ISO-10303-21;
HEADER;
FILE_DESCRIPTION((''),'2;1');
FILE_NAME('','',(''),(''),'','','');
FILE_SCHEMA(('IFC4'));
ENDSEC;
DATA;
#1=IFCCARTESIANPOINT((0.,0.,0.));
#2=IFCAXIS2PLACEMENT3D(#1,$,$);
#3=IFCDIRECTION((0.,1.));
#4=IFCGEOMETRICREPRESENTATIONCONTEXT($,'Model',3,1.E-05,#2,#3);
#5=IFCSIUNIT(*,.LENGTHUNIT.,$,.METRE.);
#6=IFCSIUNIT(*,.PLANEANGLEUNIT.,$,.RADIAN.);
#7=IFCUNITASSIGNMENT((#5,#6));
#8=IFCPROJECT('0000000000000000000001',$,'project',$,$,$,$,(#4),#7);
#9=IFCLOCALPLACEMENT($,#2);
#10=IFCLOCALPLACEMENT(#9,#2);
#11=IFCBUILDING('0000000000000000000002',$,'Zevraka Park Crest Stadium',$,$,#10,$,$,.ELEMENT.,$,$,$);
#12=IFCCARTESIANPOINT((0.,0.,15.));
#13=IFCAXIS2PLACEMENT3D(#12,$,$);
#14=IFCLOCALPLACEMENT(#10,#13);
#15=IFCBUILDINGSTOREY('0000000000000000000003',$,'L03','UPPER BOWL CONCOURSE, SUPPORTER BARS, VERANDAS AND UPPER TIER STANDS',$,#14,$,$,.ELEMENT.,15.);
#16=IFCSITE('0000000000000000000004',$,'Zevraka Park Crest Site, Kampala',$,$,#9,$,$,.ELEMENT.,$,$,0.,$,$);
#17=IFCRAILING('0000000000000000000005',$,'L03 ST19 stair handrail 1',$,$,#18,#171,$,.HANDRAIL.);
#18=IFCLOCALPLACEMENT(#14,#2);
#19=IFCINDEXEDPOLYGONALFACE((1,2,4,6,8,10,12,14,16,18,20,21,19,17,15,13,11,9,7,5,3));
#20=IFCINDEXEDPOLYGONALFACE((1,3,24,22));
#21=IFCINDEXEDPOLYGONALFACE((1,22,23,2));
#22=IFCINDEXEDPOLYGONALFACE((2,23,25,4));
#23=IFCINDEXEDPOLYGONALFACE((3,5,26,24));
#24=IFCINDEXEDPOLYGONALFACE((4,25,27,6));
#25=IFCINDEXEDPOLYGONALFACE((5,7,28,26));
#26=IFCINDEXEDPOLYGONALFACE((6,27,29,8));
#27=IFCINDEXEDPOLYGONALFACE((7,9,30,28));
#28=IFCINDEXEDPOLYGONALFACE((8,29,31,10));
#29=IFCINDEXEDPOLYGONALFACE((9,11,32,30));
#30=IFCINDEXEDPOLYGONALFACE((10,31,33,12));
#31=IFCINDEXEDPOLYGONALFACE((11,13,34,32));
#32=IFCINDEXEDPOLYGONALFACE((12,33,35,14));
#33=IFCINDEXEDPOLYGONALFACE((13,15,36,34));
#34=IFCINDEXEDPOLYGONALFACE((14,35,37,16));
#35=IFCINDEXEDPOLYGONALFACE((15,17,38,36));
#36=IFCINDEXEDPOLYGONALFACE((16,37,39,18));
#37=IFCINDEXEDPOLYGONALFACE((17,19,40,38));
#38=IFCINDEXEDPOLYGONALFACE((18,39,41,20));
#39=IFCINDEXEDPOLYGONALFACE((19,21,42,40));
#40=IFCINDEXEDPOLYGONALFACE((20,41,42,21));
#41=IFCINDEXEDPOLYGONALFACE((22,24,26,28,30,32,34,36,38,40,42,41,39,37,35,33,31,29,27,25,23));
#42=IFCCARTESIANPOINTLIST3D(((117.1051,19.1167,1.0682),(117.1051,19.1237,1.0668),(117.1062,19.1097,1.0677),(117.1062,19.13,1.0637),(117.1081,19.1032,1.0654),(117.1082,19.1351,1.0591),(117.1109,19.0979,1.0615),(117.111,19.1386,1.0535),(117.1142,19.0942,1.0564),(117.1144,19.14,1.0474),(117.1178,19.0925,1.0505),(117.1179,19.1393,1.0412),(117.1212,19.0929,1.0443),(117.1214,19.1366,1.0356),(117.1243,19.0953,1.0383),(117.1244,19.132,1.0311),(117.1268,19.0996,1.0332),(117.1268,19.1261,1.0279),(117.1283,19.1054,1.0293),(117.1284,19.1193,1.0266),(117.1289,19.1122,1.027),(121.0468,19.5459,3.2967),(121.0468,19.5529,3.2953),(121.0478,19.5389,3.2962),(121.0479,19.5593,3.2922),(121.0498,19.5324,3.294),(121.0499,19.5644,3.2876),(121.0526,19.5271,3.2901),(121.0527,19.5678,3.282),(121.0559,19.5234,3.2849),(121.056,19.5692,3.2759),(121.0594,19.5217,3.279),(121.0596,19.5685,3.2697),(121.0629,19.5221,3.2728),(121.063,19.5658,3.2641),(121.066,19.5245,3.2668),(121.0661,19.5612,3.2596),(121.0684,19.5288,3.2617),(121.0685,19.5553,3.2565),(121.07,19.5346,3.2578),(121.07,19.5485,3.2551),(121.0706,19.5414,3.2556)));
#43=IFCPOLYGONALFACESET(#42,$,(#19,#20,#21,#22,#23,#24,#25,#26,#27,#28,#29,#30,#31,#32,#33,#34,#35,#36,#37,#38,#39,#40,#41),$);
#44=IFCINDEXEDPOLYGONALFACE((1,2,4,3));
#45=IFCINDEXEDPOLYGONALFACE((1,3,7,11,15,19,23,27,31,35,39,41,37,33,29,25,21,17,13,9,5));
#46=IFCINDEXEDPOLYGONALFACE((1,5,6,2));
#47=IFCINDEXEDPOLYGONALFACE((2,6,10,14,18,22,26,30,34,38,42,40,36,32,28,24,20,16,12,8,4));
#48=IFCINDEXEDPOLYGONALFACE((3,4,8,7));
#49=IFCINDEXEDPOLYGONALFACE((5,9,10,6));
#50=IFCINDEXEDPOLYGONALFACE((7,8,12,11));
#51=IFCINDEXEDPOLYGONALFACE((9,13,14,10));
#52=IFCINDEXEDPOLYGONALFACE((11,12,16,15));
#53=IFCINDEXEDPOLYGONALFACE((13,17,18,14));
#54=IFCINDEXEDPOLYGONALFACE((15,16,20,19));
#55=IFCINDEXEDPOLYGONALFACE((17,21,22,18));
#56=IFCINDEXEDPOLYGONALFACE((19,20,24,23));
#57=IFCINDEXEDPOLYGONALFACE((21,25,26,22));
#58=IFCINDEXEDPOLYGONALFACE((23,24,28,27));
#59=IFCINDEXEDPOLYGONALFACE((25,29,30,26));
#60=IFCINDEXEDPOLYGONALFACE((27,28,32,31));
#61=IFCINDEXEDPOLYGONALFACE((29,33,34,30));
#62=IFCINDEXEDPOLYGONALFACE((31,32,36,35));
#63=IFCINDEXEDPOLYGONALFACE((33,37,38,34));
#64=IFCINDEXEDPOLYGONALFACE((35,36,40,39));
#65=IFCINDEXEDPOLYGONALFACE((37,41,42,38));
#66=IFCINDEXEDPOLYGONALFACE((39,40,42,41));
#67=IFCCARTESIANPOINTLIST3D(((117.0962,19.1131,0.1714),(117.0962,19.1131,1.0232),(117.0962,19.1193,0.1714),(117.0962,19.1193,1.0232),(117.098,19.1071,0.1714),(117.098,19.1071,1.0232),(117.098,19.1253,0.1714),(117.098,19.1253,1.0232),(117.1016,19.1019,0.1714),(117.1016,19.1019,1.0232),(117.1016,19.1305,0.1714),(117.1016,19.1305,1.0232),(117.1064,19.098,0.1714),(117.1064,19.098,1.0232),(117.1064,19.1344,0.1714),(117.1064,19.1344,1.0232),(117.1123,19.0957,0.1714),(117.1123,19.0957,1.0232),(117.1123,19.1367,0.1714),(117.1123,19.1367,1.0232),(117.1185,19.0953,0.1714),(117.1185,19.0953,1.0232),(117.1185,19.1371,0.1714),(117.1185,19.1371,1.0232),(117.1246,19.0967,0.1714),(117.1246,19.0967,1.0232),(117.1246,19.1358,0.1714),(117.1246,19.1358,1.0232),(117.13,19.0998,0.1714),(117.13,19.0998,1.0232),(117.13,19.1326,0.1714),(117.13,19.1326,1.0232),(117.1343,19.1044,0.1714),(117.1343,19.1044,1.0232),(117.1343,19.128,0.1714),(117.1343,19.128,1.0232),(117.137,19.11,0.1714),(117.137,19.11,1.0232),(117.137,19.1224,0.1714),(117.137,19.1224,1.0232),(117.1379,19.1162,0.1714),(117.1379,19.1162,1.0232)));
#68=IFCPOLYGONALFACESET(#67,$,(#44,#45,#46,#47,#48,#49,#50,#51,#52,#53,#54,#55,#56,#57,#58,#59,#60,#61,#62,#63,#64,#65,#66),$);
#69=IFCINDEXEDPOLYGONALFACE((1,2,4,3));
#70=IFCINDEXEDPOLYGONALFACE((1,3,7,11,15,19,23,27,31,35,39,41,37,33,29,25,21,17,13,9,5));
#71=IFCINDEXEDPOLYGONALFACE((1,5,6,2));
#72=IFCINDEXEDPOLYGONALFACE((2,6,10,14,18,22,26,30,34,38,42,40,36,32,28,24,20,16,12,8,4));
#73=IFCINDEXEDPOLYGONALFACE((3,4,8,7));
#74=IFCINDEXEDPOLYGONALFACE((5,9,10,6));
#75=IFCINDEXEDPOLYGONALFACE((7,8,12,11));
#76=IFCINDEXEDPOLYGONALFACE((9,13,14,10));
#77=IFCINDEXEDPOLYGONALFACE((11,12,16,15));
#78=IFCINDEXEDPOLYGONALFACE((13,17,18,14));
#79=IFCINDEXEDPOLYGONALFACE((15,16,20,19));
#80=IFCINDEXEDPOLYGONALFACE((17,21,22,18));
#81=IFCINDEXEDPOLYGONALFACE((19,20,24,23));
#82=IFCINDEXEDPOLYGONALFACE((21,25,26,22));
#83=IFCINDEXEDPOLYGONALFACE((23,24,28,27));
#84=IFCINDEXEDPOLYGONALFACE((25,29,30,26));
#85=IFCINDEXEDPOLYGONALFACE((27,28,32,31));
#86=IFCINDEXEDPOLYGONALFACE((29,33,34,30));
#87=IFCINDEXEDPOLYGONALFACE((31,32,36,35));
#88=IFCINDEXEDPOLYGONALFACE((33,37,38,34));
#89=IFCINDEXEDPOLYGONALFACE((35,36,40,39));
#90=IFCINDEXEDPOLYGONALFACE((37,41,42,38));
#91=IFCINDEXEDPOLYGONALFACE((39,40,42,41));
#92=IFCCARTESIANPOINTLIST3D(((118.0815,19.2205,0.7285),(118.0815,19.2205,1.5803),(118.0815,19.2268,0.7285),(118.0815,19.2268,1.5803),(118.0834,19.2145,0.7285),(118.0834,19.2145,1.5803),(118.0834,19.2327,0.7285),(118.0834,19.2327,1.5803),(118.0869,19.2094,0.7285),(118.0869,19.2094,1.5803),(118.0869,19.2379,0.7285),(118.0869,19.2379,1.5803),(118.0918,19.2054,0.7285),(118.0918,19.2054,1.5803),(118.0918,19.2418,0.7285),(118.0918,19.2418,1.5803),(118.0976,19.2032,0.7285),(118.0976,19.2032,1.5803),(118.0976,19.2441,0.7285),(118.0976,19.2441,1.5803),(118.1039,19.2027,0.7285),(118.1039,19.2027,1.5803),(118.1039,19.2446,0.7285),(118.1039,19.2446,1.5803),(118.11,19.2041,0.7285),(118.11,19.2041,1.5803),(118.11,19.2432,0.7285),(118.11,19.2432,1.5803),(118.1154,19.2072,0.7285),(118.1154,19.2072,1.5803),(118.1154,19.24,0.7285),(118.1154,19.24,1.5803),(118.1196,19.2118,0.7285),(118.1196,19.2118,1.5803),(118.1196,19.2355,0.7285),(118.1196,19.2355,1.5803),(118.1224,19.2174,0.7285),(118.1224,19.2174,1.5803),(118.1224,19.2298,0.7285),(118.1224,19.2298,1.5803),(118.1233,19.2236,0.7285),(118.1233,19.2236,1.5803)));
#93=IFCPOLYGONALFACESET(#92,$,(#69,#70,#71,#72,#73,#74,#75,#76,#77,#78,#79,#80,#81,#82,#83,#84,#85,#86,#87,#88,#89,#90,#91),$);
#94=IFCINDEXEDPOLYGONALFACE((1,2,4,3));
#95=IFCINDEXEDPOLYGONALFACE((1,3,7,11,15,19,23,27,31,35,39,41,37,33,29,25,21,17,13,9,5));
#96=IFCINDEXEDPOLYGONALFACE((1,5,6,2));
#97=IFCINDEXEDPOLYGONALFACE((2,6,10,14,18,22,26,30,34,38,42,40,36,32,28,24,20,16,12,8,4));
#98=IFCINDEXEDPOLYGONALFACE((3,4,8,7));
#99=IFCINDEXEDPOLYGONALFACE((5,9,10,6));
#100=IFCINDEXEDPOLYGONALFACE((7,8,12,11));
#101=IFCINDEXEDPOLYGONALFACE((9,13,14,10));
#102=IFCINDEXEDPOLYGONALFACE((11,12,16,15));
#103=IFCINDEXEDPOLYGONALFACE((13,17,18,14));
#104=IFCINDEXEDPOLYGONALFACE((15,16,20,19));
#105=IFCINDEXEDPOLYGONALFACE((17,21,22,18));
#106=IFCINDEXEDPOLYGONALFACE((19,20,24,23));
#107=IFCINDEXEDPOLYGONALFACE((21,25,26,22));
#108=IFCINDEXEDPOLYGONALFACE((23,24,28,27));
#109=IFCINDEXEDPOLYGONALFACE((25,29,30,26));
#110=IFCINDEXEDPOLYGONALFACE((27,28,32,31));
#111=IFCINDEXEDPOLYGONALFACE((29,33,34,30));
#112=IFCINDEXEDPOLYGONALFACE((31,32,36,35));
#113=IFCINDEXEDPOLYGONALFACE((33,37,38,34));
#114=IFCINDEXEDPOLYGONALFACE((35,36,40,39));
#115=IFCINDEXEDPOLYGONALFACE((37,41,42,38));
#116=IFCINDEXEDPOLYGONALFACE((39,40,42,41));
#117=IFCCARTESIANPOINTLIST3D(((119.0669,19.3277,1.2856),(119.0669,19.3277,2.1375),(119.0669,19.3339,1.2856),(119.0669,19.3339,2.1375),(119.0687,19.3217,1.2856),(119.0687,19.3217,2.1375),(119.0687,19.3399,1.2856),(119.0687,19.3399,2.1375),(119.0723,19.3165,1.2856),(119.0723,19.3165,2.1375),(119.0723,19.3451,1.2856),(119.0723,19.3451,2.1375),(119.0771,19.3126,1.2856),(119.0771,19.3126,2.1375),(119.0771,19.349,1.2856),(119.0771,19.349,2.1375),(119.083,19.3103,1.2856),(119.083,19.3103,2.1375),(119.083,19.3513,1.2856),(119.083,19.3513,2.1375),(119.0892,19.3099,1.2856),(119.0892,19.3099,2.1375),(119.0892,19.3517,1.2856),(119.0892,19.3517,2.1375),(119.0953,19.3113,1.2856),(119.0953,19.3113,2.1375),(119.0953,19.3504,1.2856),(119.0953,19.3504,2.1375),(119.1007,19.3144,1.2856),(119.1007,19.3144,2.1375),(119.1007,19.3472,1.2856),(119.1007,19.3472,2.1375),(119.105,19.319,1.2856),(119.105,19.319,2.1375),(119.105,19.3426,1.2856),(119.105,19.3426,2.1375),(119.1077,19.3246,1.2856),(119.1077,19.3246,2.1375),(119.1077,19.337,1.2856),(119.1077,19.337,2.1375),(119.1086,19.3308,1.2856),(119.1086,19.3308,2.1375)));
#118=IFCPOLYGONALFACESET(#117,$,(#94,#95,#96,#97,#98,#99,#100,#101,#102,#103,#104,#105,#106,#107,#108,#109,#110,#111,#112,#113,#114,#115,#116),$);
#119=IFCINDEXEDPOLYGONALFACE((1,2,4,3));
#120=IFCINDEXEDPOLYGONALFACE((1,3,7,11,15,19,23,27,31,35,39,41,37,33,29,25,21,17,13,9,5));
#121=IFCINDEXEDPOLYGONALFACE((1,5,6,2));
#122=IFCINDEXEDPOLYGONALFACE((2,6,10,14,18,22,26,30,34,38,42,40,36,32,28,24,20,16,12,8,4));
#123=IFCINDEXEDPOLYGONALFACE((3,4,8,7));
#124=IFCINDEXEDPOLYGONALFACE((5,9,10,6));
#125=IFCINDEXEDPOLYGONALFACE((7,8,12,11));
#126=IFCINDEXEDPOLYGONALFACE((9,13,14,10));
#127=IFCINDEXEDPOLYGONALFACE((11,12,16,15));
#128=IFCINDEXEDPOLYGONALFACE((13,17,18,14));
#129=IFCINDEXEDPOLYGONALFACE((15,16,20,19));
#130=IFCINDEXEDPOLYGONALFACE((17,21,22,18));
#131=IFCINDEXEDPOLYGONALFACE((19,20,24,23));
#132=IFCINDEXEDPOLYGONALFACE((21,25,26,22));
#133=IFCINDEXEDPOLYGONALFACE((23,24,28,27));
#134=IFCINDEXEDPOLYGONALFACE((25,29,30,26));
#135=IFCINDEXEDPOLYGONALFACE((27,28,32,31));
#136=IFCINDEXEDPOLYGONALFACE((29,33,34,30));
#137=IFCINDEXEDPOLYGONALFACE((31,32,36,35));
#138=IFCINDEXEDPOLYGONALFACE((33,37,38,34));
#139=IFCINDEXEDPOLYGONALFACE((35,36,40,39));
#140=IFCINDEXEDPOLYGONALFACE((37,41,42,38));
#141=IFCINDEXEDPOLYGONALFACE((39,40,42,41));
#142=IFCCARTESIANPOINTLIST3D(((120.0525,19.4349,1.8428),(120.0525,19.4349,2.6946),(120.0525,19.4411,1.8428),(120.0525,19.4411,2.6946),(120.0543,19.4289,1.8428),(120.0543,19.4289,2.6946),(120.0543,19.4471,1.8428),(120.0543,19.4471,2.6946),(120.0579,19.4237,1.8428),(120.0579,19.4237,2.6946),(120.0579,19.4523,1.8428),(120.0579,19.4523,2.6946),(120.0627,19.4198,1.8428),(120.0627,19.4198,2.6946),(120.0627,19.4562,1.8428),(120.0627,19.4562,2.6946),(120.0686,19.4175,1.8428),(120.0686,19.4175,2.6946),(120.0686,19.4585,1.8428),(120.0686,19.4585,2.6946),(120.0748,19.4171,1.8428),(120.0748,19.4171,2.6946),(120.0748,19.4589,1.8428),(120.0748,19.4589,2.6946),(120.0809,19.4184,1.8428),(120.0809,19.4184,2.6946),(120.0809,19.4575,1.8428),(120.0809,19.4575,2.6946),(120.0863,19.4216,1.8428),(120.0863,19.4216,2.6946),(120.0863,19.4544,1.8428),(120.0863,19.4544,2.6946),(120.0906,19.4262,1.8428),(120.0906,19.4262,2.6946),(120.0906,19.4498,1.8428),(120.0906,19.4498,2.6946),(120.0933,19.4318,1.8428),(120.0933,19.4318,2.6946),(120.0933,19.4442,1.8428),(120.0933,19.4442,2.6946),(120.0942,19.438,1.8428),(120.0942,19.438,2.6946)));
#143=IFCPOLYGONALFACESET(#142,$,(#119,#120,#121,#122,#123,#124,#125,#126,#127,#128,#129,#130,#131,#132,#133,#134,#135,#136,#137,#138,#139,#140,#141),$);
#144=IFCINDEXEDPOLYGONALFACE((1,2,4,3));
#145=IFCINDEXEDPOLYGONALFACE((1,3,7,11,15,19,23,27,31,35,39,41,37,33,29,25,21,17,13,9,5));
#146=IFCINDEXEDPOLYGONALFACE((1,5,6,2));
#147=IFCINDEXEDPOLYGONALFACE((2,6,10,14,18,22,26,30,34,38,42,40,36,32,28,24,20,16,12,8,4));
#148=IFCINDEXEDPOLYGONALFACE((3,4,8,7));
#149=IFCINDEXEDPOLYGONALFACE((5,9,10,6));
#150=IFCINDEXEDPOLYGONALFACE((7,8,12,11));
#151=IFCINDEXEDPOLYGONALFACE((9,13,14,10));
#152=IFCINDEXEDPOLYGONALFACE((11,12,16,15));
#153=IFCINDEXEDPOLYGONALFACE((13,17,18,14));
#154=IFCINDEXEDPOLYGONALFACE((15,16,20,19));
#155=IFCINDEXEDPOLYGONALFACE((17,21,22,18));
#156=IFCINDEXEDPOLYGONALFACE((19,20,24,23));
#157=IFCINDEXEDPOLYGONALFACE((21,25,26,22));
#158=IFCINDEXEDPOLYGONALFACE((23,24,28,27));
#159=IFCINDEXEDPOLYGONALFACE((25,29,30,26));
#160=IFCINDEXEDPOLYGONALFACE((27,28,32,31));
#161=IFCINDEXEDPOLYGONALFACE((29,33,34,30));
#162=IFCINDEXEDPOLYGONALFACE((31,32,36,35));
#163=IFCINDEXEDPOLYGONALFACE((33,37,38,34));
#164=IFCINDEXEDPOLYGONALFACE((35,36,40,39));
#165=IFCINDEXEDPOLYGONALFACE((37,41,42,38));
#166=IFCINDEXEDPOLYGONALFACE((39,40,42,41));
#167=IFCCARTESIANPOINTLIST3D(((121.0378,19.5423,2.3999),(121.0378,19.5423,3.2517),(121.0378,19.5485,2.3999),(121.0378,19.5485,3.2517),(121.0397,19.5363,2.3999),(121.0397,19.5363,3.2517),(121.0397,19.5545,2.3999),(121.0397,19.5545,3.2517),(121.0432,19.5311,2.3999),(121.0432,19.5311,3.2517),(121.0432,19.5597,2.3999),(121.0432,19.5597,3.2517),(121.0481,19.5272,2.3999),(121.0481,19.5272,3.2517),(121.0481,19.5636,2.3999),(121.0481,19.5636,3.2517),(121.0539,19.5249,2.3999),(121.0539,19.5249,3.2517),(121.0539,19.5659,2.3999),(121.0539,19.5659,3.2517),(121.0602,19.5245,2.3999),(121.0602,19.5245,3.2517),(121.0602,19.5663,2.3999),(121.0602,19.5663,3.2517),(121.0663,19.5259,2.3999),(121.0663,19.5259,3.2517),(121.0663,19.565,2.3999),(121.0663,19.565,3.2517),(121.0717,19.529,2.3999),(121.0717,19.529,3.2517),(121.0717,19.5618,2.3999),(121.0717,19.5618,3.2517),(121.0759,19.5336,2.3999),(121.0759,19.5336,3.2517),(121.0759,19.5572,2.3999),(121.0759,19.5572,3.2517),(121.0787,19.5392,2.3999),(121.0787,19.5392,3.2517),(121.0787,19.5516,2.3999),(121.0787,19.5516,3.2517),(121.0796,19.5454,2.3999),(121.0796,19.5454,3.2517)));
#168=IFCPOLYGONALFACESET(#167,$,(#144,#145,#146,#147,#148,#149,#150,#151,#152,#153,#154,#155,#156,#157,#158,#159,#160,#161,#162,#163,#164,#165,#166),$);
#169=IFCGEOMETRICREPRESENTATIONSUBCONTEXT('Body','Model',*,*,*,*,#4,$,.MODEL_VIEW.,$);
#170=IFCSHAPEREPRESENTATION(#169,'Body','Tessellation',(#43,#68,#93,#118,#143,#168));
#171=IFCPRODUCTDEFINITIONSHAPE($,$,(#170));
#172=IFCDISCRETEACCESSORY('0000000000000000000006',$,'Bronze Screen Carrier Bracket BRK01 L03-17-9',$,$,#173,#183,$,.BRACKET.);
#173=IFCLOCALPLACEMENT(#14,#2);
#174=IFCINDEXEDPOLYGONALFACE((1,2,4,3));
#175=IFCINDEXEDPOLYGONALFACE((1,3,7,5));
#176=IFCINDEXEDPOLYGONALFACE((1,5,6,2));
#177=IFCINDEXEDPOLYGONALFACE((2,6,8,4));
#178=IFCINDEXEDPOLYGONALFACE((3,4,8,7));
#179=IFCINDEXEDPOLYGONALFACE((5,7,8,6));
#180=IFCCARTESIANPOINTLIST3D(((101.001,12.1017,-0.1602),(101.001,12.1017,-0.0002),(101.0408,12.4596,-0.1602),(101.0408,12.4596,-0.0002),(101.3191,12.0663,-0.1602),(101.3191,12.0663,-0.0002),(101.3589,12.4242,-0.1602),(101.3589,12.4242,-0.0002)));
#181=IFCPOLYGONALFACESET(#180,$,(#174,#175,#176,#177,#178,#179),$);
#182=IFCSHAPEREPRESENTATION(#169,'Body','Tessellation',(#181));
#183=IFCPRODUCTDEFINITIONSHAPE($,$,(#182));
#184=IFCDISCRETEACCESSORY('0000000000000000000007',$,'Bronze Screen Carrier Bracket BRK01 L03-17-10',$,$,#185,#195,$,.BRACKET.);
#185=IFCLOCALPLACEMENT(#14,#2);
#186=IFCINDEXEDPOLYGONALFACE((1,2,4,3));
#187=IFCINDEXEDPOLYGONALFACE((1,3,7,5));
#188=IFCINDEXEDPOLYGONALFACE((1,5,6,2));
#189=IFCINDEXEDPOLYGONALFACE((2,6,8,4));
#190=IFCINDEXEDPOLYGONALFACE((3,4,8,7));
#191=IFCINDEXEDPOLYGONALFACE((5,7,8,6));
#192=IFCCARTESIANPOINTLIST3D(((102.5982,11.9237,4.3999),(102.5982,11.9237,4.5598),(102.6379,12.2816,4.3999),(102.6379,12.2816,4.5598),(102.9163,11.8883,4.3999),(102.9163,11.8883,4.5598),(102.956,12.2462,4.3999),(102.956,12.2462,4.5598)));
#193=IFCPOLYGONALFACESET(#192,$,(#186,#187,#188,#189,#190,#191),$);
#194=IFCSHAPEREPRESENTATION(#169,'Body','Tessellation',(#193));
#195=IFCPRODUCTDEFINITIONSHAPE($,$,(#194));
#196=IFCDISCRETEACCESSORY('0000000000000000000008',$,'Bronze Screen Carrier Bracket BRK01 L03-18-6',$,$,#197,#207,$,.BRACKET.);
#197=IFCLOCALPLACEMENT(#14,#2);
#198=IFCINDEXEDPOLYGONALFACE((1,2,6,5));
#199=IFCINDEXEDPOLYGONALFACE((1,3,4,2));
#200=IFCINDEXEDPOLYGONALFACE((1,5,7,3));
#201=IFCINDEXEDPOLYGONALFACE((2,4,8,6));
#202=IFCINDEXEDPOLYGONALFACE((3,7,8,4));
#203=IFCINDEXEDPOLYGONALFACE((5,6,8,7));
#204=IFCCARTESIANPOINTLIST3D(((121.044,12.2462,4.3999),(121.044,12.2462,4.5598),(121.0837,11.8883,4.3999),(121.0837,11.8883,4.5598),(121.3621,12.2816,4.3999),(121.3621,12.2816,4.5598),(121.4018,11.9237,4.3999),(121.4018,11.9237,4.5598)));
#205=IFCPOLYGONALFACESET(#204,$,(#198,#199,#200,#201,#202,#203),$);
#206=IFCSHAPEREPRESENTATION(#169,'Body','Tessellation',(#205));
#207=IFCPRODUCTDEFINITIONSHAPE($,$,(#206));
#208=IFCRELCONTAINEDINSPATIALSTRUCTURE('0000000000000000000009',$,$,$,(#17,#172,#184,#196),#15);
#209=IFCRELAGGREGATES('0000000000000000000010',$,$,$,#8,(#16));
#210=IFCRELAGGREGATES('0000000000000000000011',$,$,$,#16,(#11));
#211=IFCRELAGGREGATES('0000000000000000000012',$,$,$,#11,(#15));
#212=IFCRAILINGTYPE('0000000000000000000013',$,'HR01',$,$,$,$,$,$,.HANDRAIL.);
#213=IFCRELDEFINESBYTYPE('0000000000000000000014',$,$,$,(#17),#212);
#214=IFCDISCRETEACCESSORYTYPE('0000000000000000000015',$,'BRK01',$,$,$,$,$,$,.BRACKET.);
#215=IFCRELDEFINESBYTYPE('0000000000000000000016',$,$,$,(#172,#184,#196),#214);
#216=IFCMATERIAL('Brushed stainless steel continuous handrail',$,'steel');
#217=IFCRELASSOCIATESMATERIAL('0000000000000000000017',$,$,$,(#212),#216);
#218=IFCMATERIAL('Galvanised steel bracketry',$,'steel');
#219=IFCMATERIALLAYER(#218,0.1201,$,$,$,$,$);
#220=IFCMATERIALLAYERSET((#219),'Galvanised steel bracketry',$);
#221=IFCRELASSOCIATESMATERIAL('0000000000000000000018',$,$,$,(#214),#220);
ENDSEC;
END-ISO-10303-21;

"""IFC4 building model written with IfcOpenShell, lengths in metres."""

from ifc_helpers import new_model, si_unit, direction, frame, origin, origin_2d, place, context, subcontext, project, spatial, rectangle, circle, extrude, material, layer, layer_set, type_object, element, save


model = new_model("IFC4")

# Units and contexts
model_context = context("Model", 3, precision=1e-05, world=origin(), true_north=direction((0.0, 1.0)))
body_context = subcontext(model_context, "Body", "Model", "MODEL_VIEW")
ifc_project = project(units=[si_unit("LENGTHUNIT", "METRE"), si_unit("PLANEANGLEUNIT", "RADIAN")], contexts=[model_context])

# Site, building, storey
site_placement = place(None, origin())
site = spatial("IfcSite", under=ifc_project, at=site_placement, Name="Zevraka Park Crest Site, Kampala", CompositionType="ELEMENT", RefElevation=0.0)
building_placement = place(site_placement, origin())
building = spatial("IfcBuilding", under=site, at=building_placement, Name="Zevraka Park Crest Stadium", CompositionType="ELEMENT")
storey_placement = place(building_placement, frame((0.0, 0.0, 15.0)))
storey = spatial("IfcBuildingStorey", under=building, at=storey_placement, Name="L03", Description="UPPER BOWL CONCOURSE, SUPPORTER BARS, VERANDAS AND UPPER TIER STANDS", CompositionType="ELEMENT", Elevation=15.0)

# Railing
ifc_material_1 = material(Name="Brushed stainless steel continuous handrail", Category="steel")
railing_type_1 = type_object("IfcRailingType", Name="HR01", PredefinedType="HANDRAIL", material=ifc_material_1)
railing_1_placement = place(storey_placement, frame((117.1169, 19.1162, 0.1714)))
element("IfcRailing", 1, at=railing_1_placement, inside=storey, type_object=railing_type_1, Name="L03 ST19 stair handrail 1", PredefinedType="HANDRAIL", context=body_context, shape_type="SweptSolid", body=[
    extrude(circle(Radius=0.0239, at=origin_2d()), frame((0.0, 0.0, 0.876), z_axis=(0.866619, 0.094365, 0.489966), x_axis=(-0.108248, 0.994124, 0.0)), (0.0, 0.0, 1.0), 4.5483),
    extrude(circle(Radius=0.021, at=origin_2d()), origin(), (0.0, 0.0, 1.0), 0.8518),
    extrude(circle(Radius=0.021, at=origin_2d()), frame((0.9854, 0.1074, 0.5571)), (0.0, 0.0, 1.0), 0.8518),
    extrude(circle(Radius=0.021, at=origin_2d()), frame((1.9707, 0.2146, 1.1143)), (0.0, 0.0, 1.0), 0.8518),
    extrude(circle(Radius=0.021, at=origin_2d()), frame((2.9563, 0.3218, 1.6714)), (0.0, 0.0, 1.0), 0.8518),
    extrude(circle(Radius=0.021, at=origin_2d()), frame((3.9417, 0.4292, 2.2285)), (0.0, 0.0, 1.0), 0.8518),
])

# Discrete accessories
ifc_material_2 = material(Name="Galvanised steel bracketry", Category="steel")
ifc_layer_1 = layer(ifc_material_2, 0.1201)
ifc_layer_set_1 = layer_set([ifc_layer_1], Name="Galvanised steel bracketry")
discrete_accessory_type = type_object("IfcDiscreteAccessoryType", Name="BRK01", PredefinedType="BRACKET", material=ifc_layer_set_1)
for number, where, z_axis, x_axis, name in (
    (2, (101.1799, 12.2629, -0.1602), (0.0, 0.0, 1.0), (0.993884, -0.110428, 0.0), "Bronze Screen Carrier Bracket BRK01 L03-17-9"),
    (3, (102.7771, 12.085, 4.3999), (0.0, 0.0, 1.0), (0.993884, -0.110428, 0.0), "Bronze Screen Carrier Bracket BRK01 L03-17-10"),
    (4, (121.2229, 12.085, 4.3999), (0.0, 0.0, 1.0), (0.993884, 0.110428, 0.0), "Bronze Screen Carrier Bracket BRK01 L03-18-6"),
):
    element("IfcDiscreteAccessory", number, at=place(storey_placement, frame(where, z_axis=z_axis, x_axis=x_axis)), inside=storey, type_object=discrete_accessory_type, Name=name, PredefinedType="BRACKET", context=body_context, shape_type="SweptSolid", body=[
        extrude(rectangle(XDim=0.3201, YDim=0.3601, at=origin_2d()), origin(), (0.0, 0.0, 1.0), 0.1599),
    ])

save(model, "model.ifc")
